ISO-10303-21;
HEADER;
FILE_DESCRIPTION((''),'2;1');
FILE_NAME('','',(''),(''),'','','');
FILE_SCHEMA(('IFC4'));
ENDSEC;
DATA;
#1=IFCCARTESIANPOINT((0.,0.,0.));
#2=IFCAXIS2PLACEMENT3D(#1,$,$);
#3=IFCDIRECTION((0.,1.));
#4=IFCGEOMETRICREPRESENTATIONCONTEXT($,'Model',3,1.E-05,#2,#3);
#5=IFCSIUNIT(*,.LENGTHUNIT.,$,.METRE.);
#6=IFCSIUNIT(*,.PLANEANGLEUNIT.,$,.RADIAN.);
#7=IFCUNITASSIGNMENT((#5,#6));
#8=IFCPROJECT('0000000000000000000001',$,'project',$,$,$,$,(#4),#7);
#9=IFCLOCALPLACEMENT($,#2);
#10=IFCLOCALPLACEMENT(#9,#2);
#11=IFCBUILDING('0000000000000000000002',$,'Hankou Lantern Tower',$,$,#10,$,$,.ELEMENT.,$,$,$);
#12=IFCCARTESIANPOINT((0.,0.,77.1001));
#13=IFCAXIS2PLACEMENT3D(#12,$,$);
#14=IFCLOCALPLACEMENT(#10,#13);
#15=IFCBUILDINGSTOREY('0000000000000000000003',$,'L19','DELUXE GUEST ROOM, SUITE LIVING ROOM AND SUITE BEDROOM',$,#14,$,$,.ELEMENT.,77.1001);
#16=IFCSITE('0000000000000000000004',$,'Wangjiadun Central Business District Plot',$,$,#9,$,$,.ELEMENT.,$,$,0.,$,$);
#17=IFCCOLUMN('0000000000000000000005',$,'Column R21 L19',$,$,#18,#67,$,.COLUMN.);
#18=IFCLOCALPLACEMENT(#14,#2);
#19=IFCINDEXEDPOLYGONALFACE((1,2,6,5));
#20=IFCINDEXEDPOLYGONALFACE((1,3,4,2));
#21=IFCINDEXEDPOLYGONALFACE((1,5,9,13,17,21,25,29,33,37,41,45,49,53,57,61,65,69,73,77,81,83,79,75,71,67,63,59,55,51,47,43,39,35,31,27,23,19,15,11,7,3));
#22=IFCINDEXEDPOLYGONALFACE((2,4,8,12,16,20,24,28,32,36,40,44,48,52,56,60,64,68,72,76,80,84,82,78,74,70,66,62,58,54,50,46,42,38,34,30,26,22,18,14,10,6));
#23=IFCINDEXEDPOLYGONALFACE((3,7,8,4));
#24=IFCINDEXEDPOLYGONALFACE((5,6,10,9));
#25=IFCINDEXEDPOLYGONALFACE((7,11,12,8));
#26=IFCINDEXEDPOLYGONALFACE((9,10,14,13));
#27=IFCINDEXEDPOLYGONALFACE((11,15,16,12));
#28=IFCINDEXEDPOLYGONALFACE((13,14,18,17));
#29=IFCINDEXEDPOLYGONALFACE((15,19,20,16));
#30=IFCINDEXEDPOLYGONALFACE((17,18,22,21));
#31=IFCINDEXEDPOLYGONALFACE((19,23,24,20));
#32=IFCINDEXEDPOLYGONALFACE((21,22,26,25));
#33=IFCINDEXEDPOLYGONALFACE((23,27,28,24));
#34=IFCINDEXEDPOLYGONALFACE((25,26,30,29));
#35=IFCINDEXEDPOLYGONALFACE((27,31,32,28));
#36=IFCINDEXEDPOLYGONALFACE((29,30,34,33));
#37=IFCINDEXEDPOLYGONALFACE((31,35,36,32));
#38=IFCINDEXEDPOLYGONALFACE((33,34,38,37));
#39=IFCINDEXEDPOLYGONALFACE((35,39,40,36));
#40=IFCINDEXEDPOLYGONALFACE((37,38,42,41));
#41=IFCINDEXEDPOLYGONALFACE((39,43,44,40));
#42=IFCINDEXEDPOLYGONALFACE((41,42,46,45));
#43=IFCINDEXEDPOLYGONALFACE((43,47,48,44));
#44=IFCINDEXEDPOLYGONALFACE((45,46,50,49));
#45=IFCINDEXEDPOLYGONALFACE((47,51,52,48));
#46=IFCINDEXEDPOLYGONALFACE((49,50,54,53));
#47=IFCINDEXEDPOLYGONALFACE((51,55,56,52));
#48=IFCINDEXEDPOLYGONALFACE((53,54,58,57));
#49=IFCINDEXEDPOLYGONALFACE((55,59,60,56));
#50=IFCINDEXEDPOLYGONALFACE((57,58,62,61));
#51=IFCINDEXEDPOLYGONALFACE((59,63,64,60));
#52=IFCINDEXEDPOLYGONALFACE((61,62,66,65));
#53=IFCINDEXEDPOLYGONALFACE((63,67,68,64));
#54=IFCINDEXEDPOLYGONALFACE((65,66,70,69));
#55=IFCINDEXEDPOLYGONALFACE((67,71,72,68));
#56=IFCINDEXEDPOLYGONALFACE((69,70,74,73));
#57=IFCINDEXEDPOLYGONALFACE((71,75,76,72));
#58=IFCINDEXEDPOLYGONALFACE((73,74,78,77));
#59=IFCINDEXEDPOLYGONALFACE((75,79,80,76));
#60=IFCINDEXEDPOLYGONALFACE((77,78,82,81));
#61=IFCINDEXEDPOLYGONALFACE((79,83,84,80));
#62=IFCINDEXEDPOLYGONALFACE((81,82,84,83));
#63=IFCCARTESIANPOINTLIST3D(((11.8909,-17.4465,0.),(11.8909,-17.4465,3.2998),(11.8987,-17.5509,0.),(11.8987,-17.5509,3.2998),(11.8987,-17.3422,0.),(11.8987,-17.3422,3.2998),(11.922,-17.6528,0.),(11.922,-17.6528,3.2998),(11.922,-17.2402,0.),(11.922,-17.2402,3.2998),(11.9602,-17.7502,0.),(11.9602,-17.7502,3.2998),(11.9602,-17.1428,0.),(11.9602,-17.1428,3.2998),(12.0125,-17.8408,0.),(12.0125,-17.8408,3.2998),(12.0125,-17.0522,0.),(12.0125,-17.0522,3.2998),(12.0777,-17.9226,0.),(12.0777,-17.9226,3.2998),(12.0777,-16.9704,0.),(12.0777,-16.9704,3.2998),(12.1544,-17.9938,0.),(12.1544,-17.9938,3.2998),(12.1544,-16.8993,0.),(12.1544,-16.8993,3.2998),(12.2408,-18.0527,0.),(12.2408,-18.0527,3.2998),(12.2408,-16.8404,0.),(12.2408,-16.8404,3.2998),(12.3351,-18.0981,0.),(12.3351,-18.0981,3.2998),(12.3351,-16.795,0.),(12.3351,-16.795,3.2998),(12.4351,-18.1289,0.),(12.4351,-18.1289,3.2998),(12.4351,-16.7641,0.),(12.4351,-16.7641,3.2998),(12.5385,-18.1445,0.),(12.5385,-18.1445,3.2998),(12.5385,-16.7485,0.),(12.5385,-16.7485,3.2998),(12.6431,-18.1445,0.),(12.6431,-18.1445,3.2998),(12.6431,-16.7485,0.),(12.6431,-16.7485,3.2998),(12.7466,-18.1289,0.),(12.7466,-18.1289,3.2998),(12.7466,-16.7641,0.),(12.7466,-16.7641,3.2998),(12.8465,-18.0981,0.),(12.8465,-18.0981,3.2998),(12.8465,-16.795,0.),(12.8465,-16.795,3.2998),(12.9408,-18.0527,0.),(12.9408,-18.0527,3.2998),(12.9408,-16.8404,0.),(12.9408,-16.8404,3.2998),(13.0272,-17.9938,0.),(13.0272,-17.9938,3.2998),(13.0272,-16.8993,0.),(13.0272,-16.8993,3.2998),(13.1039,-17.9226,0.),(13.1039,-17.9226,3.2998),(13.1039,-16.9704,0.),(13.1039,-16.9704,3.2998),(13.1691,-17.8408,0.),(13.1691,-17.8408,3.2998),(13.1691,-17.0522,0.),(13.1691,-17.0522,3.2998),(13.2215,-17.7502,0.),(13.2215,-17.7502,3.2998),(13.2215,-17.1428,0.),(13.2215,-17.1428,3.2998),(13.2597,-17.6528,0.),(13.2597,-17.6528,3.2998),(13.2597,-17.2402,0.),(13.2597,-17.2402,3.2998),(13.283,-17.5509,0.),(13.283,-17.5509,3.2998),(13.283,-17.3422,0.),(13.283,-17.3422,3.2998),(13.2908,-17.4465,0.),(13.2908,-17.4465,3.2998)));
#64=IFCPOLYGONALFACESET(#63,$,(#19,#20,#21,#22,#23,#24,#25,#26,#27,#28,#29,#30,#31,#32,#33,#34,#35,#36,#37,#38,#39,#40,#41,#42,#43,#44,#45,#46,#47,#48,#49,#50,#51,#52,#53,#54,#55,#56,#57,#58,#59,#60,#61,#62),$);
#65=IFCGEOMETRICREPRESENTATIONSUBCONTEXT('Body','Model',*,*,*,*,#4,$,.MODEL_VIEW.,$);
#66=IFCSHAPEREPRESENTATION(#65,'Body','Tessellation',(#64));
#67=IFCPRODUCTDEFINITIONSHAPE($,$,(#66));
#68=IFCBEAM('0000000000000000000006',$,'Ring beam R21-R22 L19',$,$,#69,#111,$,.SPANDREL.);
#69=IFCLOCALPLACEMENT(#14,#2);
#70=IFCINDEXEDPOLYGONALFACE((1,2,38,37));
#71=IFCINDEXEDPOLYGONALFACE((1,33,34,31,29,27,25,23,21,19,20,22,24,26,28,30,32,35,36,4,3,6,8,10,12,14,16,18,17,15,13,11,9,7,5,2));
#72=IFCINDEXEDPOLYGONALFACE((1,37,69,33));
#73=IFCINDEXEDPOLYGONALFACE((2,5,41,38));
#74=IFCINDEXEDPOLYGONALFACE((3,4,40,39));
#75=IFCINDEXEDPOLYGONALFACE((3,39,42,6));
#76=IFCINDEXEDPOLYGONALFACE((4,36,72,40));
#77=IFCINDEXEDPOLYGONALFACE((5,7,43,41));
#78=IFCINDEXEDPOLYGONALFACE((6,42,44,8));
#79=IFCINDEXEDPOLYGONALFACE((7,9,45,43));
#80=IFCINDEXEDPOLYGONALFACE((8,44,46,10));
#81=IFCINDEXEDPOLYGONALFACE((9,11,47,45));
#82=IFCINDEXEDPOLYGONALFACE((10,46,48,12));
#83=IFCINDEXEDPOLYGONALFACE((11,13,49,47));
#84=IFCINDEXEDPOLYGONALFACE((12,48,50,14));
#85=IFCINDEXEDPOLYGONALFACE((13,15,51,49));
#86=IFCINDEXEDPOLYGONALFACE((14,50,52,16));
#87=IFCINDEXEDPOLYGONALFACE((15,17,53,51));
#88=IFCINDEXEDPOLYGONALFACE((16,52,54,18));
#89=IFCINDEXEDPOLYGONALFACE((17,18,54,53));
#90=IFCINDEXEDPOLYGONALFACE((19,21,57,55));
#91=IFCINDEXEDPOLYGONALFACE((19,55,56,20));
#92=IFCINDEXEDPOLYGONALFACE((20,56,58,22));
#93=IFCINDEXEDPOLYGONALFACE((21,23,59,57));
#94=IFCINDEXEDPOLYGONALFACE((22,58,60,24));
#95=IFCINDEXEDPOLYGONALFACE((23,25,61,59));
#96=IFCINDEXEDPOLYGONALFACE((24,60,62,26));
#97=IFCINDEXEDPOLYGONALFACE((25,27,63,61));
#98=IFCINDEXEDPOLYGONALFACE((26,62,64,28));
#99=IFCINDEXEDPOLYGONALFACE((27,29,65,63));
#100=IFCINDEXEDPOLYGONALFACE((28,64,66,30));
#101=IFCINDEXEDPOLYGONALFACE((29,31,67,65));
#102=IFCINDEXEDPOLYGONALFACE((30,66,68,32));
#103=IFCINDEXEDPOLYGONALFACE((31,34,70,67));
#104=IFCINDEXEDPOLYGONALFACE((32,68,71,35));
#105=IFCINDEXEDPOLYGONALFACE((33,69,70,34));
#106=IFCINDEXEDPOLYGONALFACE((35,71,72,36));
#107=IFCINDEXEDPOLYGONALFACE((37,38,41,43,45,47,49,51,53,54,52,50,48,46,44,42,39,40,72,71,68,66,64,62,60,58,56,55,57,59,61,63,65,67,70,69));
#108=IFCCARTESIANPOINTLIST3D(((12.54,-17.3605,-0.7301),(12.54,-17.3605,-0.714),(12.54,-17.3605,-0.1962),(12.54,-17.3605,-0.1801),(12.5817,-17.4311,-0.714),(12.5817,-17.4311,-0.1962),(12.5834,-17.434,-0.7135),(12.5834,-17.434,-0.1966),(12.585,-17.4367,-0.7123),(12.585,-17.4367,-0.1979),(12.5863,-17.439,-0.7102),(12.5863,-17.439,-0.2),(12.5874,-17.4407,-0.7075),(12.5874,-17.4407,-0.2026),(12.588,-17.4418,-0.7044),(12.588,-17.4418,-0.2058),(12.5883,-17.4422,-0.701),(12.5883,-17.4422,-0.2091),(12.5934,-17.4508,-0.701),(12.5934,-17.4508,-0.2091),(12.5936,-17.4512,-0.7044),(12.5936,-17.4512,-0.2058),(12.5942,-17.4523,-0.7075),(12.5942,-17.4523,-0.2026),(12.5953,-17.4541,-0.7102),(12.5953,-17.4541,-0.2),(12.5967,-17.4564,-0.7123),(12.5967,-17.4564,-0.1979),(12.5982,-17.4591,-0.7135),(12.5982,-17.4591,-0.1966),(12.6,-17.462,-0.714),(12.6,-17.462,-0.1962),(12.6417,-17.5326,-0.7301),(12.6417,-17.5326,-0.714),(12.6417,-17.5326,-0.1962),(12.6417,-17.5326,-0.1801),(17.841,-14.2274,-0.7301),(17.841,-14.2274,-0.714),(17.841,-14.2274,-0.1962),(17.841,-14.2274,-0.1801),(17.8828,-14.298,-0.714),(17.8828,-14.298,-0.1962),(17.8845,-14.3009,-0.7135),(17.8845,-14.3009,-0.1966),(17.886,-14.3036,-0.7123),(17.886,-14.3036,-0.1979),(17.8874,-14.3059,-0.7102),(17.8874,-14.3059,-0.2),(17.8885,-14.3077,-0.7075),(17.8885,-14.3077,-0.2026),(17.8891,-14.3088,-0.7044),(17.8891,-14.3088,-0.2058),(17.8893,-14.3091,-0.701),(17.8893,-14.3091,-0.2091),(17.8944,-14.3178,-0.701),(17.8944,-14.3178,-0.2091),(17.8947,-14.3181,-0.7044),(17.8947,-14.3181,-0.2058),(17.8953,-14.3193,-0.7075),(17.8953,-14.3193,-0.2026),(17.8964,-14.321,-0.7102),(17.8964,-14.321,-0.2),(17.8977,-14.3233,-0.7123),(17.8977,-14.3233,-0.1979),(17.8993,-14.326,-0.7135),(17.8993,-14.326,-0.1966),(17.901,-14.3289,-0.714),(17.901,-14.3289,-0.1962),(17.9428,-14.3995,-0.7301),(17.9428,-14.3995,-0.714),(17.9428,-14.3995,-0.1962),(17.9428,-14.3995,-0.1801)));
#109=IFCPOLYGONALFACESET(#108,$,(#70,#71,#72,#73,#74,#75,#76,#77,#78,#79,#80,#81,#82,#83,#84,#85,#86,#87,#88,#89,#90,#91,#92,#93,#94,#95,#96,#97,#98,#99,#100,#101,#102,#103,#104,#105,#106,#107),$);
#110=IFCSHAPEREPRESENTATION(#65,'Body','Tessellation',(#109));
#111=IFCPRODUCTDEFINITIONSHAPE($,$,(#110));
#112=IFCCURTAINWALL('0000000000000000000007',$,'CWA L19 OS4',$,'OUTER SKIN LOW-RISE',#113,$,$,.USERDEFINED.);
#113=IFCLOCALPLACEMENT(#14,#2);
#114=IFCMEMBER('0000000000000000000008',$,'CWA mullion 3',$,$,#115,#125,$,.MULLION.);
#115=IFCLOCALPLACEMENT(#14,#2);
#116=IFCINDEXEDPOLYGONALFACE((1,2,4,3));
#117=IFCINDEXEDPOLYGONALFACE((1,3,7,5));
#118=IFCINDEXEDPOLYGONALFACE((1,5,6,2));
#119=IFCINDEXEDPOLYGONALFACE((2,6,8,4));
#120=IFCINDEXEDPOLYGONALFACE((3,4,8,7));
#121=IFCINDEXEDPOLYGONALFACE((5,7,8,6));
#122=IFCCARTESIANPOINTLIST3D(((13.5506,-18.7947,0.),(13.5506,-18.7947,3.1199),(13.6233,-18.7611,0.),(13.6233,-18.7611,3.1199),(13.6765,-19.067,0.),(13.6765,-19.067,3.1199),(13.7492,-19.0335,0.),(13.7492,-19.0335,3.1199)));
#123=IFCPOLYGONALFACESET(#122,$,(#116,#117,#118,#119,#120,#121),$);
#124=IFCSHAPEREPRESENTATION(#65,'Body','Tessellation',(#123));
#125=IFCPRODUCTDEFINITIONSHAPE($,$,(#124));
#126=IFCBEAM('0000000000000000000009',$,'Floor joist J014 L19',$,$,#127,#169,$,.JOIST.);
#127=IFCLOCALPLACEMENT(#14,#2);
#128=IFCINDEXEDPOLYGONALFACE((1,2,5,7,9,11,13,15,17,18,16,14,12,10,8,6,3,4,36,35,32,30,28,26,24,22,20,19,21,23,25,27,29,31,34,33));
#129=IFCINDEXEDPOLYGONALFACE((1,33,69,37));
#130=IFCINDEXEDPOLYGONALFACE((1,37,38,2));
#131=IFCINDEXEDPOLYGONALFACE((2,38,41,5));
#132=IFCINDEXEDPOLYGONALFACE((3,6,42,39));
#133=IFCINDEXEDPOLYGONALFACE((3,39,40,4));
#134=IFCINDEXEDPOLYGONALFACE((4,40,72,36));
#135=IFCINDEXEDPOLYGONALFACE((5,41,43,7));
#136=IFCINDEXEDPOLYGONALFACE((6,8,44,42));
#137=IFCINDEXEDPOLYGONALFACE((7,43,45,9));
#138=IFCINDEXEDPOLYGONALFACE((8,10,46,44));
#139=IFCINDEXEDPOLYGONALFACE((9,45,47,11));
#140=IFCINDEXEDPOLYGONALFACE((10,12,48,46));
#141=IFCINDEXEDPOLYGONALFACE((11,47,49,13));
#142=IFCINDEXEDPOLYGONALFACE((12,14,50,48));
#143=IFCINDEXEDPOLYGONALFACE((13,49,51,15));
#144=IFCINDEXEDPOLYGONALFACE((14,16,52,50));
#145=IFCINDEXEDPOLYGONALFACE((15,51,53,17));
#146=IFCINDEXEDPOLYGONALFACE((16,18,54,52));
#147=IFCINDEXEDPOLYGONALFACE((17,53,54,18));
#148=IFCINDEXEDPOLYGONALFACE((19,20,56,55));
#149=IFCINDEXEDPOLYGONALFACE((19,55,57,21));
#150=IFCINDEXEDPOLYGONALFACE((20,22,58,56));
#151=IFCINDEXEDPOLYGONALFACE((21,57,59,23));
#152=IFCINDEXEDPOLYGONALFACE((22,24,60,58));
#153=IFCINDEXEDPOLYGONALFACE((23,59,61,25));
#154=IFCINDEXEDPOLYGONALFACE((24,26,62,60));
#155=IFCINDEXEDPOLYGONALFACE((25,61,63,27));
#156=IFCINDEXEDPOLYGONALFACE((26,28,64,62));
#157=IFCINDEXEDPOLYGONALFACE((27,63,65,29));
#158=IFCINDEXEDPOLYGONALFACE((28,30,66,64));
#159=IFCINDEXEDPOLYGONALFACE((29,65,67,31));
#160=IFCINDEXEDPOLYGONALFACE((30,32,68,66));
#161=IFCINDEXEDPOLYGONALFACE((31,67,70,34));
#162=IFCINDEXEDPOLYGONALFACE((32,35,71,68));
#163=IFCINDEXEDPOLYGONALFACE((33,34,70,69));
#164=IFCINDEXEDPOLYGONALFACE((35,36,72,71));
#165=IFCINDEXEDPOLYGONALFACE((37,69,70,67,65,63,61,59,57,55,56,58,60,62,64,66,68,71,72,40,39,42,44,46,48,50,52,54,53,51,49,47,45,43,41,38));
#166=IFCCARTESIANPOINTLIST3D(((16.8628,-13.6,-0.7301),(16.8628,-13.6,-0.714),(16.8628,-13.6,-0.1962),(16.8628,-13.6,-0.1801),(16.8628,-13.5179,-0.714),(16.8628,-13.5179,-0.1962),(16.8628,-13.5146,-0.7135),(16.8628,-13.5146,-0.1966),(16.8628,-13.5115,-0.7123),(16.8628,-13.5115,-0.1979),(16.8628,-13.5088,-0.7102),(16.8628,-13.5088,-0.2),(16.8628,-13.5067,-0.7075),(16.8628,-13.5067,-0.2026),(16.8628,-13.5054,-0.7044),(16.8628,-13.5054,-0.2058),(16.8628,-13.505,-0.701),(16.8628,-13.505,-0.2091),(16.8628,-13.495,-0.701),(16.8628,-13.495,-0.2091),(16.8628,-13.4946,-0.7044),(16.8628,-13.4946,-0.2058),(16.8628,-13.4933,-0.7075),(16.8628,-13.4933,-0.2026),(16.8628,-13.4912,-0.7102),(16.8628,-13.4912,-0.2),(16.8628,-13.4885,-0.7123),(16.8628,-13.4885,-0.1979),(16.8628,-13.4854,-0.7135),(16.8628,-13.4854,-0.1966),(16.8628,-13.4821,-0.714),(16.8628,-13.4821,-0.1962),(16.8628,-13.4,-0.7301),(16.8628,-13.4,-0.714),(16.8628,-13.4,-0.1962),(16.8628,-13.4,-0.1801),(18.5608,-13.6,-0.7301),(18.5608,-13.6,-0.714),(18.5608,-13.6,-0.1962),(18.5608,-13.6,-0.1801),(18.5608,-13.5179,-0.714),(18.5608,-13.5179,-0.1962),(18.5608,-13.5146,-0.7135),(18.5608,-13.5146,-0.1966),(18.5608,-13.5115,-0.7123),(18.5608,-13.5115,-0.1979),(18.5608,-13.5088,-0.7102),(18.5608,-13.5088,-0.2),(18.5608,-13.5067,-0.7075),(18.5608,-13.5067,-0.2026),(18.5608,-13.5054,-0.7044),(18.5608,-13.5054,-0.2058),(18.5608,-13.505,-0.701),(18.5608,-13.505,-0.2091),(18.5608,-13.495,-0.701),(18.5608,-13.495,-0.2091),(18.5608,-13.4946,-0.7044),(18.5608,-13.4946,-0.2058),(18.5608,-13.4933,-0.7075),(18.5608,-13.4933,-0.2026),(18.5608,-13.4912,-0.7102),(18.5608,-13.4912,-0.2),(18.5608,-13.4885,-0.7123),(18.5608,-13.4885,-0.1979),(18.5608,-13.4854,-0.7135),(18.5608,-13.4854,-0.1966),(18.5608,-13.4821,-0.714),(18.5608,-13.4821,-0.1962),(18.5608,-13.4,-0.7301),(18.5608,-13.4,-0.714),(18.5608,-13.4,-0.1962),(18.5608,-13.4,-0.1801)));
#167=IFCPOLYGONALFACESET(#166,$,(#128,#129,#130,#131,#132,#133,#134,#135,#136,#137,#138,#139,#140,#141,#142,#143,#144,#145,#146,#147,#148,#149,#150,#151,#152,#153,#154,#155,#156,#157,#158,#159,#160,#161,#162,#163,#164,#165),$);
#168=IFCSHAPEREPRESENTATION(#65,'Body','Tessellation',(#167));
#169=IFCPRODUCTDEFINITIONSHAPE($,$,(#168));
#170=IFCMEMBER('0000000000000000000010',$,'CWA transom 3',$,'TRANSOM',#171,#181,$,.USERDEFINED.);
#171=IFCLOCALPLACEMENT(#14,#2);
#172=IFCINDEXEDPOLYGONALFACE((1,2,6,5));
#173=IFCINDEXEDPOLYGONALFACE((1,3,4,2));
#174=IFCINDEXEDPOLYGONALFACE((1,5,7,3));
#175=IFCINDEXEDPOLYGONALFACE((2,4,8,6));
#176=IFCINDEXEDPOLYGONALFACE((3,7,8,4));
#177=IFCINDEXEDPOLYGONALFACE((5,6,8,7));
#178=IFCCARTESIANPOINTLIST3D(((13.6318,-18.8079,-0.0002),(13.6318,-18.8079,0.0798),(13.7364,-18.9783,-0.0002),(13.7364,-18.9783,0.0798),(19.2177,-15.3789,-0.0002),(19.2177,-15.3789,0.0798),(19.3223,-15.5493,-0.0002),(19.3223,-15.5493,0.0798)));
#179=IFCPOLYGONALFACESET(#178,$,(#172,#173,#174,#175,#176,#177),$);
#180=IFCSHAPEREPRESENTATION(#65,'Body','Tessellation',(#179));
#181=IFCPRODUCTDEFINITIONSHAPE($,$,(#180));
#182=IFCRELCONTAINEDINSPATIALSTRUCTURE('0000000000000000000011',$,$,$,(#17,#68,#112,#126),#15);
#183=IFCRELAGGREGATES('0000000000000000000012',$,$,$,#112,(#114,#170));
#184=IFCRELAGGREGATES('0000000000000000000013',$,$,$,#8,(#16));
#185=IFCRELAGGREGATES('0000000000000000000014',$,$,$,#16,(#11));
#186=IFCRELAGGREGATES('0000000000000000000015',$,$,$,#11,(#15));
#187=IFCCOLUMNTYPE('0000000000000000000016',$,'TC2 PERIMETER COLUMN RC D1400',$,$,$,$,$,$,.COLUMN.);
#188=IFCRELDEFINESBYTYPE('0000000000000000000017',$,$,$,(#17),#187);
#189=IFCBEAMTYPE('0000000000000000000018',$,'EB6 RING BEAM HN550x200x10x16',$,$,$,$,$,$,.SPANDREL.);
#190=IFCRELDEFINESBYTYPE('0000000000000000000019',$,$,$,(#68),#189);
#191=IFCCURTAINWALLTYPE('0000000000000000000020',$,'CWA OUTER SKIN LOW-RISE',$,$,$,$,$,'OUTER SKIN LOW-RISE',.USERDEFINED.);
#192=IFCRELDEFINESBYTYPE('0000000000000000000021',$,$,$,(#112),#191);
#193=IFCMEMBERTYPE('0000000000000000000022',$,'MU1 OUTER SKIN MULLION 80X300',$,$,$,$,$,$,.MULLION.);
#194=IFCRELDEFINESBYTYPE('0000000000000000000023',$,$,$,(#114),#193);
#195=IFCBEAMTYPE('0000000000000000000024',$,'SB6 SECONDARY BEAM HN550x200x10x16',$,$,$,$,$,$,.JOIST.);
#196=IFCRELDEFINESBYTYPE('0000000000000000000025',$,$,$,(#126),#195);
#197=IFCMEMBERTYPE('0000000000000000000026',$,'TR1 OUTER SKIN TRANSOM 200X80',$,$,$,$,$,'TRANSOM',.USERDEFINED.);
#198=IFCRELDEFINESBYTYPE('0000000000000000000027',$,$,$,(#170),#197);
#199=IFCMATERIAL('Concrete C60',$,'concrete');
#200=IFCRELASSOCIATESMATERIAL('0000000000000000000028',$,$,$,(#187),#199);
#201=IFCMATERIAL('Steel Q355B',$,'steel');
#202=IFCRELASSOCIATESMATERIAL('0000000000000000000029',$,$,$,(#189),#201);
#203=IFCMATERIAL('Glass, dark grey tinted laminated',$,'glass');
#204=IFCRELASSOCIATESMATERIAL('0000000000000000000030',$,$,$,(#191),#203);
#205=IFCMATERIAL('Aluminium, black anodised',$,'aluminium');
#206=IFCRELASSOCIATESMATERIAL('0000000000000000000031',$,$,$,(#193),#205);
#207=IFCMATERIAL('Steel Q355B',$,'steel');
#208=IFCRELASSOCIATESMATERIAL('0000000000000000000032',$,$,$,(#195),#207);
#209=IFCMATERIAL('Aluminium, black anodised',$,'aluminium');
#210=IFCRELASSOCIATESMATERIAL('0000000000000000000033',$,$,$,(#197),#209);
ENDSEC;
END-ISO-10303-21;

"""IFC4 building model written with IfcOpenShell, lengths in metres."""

from ifc_helpers import new_model, si_unit, direction, frame, origin, origin_2d, place, context, subcontext, project, spatial, rectangle, circle, i_section, extrude, material, material_profile, profile_set, type_object, element, aggregate, save


model = new_model("IFC4")

# Units and contexts
model_context = context("Model", 3, precision=1e-05, world=origin(), true_north=direction((0.0, 1.0)))
body_context = subcontext(model_context, "Body", "Model", "MODEL_VIEW")
ifc_project = project(units=[si_unit("LENGTHUNIT", "METRE"), si_unit("PLANEANGLEUNIT", "RADIAN")], contexts=[model_context])

# Site, building, storey
site_placement = place(None, origin())
site = spatial("IfcSite", under=ifc_project, at=site_placement, Name="Wangjiadun Central Business District Plot", CompositionType="ELEMENT", RefElevation=0.0)
building_placement = place(site_placement, origin())
building = spatial("IfcBuilding", under=site, at=building_placement, Name="Hankou Lantern Tower", CompositionType="ELEMENT")
storey_placement = place(building_placement, frame((0.0, 0.0, 77.1001)))
storey = spatial("IfcBuildingStorey", under=building, at=storey_placement, Name="L19", Description="DELUXE GUEST ROOM, SUITE LIVING ROOM AND SUITE BEDROOM", CompositionType="ELEMENT", Elevation=77.1001)

# Column
ifc_material_1 = material(Name="Concrete C60", Category="concrete")
ifc_material_profile_1 = material_profile(ifc_material_1, circle(Radius=0.7, at=origin_2d()), Name="RC D1400")
ifc_profile_set_1 = profile_set([ifc_material_profile_1], Name="Concrete C60")
column_type = type_object("IfcColumnType", Name="TC2 PERIMETER COLUMN RC D1400", PredefinedType="COLUMN", material=ifc_profile_set_1)
column_placement = place(storey_placement, frame((12.5908, -17.4465, 0.0), z_axis=(0.0, 0.0, 1.0), x_axis=(1.0, 0.0, 0.0)))
element("IfcColumn", 1, at=column_placement, inside=storey, type_object=column_type, Name="Column R21 L19", PredefinedType="COLUMN", context=body_context, shape_type="SweptSolid", body=[
    extrude(circle(Radius=0.7, at=origin_2d()), origin(), (0.0, 0.0, 1.0), 3.2998),
])

# Beam
ifc_material_2 = material(Name="Steel Q355B", Category="steel")
ifc_material_profile_2 = material_profile(ifc_material_2, i_section(OverallWidth=0.2, OverallDepth=0.55, WebThickness=0.01, FlangeThickness=0.0161, FilletRadius=0.0129, at=origin_2d()), Name="HN550x200x10x16")
ifc_profile_set_2 = profile_set([ifc_material_profile_2], Name="Steel Q355B")
beam_type_1 = type_object("IfcBeamType", Name="EB6 RING BEAM HN550x200x10x16", PredefinedType="SPANDREL", material=ifc_profile_set_2)
beam_1_placement = place(storey_placement, frame((12.5908, -17.4465, -0.4551), z_axis=(0.860882, 0.508805, 0.0), x_axis=(-0.508805, 0.860882, 0.0)))
element("IfcBeam", 2, at=beam_1_placement, inside=storey, type_object=beam_type_1, Name="Ring beam R21-R22 L19", PredefinedType="SPANDREL", context=body_context, shape_type="SweptSolid", body=[
    extrude(i_section(OverallWidth=0.2, OverallDepth=0.55, WebThickness=0.01, FlangeThickness=0.0161, FilletRadius=0.0129, at=origin_2d()), origin(), (0.0, 0.0, 1.0), 6.1577),
])

# Curtain wall, member
ifc_material_3 = material(Name="Glass, dark grey tinted laminated", Category="glass")
curtain_wall_type = type_object("IfcCurtainWallType", Name="CWA OUTER SKIN LOW-RISE", ElementType="OUTER SKIN LOW-RISE", PredefinedType="USERDEFINED", material=ifc_material_3)
curtain_wall_placement = place(storey_placement, origin())
curtain_wall = element("IfcCurtainWall", 3, at=curtain_wall_placement, inside=storey, type_object=curtain_wall_type, Name="CWA L19 OS4", ObjectType="OUTER SKIN LOW-RISE", PredefinedType="USERDEFINED")
ifc_material_4 = material(Name="Aluminium, black anodised", Category="aluminium")
ifc_material_profile_3 = material_profile(ifc_material_4, rectangle(XDim=0.0801, YDim=0.3, at=origin_2d()), Name="MU1 80X300")
ifc_profile_set_3 = profile_set([ifc_material_profile_3], Name="Aluminium, black anodised")
member_type_1 = type_object("IfcMemberType", Name="MU1 OUTER SKIN MULLION 80X300", PredefinedType="MULLION", material=ifc_profile_set_3)
member_1_placement = place(storey_placement, frame((13.6499, -18.9141, 0.0), z_axis=(0.0, 0.0, 1.0), x_axis=(0.907841, 0.419314, 0.0)))
member_1 = element("IfcMember", 4, at=member_1_placement, type_object=member_type_1, Name="CWA mullion 3", PredefinedType="MULLION", context=body_context, shape_type="SweptSolid", body=[
    extrude(rectangle(XDim=0.0801, YDim=0.3, at=origin_2d()), origin(), (0.0, 0.0, 1.0), 3.1199),
])

# Beam
ifc_material_5 = material(Name="Steel Q355B", Category="steel")
ifc_material_profile_4 = material_profile(ifc_material_5, i_section(OverallWidth=0.2, OverallDepth=0.55, WebThickness=0.01, FlangeThickness=0.0161, FilletRadius=0.0129, at=origin_2d()), Name="HN550x200x10x16")
ifc_profile_set_4 = profile_set([ifc_material_profile_4], Name="Steel Q355B")
beam_type_2 = type_object("IfcBeamType", Name="SB6 SECONDARY BEAM HN550x200x10x16", PredefinedType="JOIST", material=ifc_profile_set_4)
beam_2_placement = place(storey_placement, frame((16.8628, -13.5, -0.4551), z_axis=(1.0, 0.0, 0.0), x_axis=(0.0, 1.0, 0.0)))
element("IfcBeam", 5, at=beam_2_placement, inside=storey, type_object=beam_type_2, Name="Floor joist J014 L19", PredefinedType="JOIST", context=body_context, shape_type="SweptSolid", body=[
    extrude(i_section(OverallWidth=0.2, OverallDepth=0.55, WebThickness=0.01, FlangeThickness=0.0161, FilletRadius=0.0129, at=origin_2d()), origin(), (0.0, 0.0, 1.0), 1.698),
])

# Member
ifc_material_6 = material(Name="Aluminium, black anodised", Category="aluminium")
ifc_material_profile_5 = material_profile(ifc_material_6, rectangle(XDim=0.2, YDim=0.0801, at=origin_2d()), Name="TR1 200X80")
ifc_profile_set_5 = profile_set([ifc_material_profile_5], Name="Aluminium, black anodised")
member_type_2 = type_object("IfcMemberType", Name="TR1 OUTER SKIN TRANSOM 200X80", ElementType="TRANSOM", PredefinedType="USERDEFINED", material=ifc_profile_set_5)
member_2_placement = place(storey_placement, frame((13.6841, -18.8931, 0.0398), z_axis=(0.85224, 0.523152, 0.0), x_axis=(-0.523152, 0.85224, 0.0)))
member_2 = element("IfcMember", 6, at=member_2_placement, type_object=member_type_2, Name="CWA transom 3", ObjectType="TRANSOM", PredefinedType="USERDEFINED", context=body_context, shape_type="SweptSolid", body=[
    extrude(rectangle(XDim=0.2, YDim=0.0801, at=origin_2d()), origin(), (0.0, 0.0, 1.0), 6.5544),
])

aggregate(curtain_wall, [member_1, member_2])

save(model, "model.ifc")
